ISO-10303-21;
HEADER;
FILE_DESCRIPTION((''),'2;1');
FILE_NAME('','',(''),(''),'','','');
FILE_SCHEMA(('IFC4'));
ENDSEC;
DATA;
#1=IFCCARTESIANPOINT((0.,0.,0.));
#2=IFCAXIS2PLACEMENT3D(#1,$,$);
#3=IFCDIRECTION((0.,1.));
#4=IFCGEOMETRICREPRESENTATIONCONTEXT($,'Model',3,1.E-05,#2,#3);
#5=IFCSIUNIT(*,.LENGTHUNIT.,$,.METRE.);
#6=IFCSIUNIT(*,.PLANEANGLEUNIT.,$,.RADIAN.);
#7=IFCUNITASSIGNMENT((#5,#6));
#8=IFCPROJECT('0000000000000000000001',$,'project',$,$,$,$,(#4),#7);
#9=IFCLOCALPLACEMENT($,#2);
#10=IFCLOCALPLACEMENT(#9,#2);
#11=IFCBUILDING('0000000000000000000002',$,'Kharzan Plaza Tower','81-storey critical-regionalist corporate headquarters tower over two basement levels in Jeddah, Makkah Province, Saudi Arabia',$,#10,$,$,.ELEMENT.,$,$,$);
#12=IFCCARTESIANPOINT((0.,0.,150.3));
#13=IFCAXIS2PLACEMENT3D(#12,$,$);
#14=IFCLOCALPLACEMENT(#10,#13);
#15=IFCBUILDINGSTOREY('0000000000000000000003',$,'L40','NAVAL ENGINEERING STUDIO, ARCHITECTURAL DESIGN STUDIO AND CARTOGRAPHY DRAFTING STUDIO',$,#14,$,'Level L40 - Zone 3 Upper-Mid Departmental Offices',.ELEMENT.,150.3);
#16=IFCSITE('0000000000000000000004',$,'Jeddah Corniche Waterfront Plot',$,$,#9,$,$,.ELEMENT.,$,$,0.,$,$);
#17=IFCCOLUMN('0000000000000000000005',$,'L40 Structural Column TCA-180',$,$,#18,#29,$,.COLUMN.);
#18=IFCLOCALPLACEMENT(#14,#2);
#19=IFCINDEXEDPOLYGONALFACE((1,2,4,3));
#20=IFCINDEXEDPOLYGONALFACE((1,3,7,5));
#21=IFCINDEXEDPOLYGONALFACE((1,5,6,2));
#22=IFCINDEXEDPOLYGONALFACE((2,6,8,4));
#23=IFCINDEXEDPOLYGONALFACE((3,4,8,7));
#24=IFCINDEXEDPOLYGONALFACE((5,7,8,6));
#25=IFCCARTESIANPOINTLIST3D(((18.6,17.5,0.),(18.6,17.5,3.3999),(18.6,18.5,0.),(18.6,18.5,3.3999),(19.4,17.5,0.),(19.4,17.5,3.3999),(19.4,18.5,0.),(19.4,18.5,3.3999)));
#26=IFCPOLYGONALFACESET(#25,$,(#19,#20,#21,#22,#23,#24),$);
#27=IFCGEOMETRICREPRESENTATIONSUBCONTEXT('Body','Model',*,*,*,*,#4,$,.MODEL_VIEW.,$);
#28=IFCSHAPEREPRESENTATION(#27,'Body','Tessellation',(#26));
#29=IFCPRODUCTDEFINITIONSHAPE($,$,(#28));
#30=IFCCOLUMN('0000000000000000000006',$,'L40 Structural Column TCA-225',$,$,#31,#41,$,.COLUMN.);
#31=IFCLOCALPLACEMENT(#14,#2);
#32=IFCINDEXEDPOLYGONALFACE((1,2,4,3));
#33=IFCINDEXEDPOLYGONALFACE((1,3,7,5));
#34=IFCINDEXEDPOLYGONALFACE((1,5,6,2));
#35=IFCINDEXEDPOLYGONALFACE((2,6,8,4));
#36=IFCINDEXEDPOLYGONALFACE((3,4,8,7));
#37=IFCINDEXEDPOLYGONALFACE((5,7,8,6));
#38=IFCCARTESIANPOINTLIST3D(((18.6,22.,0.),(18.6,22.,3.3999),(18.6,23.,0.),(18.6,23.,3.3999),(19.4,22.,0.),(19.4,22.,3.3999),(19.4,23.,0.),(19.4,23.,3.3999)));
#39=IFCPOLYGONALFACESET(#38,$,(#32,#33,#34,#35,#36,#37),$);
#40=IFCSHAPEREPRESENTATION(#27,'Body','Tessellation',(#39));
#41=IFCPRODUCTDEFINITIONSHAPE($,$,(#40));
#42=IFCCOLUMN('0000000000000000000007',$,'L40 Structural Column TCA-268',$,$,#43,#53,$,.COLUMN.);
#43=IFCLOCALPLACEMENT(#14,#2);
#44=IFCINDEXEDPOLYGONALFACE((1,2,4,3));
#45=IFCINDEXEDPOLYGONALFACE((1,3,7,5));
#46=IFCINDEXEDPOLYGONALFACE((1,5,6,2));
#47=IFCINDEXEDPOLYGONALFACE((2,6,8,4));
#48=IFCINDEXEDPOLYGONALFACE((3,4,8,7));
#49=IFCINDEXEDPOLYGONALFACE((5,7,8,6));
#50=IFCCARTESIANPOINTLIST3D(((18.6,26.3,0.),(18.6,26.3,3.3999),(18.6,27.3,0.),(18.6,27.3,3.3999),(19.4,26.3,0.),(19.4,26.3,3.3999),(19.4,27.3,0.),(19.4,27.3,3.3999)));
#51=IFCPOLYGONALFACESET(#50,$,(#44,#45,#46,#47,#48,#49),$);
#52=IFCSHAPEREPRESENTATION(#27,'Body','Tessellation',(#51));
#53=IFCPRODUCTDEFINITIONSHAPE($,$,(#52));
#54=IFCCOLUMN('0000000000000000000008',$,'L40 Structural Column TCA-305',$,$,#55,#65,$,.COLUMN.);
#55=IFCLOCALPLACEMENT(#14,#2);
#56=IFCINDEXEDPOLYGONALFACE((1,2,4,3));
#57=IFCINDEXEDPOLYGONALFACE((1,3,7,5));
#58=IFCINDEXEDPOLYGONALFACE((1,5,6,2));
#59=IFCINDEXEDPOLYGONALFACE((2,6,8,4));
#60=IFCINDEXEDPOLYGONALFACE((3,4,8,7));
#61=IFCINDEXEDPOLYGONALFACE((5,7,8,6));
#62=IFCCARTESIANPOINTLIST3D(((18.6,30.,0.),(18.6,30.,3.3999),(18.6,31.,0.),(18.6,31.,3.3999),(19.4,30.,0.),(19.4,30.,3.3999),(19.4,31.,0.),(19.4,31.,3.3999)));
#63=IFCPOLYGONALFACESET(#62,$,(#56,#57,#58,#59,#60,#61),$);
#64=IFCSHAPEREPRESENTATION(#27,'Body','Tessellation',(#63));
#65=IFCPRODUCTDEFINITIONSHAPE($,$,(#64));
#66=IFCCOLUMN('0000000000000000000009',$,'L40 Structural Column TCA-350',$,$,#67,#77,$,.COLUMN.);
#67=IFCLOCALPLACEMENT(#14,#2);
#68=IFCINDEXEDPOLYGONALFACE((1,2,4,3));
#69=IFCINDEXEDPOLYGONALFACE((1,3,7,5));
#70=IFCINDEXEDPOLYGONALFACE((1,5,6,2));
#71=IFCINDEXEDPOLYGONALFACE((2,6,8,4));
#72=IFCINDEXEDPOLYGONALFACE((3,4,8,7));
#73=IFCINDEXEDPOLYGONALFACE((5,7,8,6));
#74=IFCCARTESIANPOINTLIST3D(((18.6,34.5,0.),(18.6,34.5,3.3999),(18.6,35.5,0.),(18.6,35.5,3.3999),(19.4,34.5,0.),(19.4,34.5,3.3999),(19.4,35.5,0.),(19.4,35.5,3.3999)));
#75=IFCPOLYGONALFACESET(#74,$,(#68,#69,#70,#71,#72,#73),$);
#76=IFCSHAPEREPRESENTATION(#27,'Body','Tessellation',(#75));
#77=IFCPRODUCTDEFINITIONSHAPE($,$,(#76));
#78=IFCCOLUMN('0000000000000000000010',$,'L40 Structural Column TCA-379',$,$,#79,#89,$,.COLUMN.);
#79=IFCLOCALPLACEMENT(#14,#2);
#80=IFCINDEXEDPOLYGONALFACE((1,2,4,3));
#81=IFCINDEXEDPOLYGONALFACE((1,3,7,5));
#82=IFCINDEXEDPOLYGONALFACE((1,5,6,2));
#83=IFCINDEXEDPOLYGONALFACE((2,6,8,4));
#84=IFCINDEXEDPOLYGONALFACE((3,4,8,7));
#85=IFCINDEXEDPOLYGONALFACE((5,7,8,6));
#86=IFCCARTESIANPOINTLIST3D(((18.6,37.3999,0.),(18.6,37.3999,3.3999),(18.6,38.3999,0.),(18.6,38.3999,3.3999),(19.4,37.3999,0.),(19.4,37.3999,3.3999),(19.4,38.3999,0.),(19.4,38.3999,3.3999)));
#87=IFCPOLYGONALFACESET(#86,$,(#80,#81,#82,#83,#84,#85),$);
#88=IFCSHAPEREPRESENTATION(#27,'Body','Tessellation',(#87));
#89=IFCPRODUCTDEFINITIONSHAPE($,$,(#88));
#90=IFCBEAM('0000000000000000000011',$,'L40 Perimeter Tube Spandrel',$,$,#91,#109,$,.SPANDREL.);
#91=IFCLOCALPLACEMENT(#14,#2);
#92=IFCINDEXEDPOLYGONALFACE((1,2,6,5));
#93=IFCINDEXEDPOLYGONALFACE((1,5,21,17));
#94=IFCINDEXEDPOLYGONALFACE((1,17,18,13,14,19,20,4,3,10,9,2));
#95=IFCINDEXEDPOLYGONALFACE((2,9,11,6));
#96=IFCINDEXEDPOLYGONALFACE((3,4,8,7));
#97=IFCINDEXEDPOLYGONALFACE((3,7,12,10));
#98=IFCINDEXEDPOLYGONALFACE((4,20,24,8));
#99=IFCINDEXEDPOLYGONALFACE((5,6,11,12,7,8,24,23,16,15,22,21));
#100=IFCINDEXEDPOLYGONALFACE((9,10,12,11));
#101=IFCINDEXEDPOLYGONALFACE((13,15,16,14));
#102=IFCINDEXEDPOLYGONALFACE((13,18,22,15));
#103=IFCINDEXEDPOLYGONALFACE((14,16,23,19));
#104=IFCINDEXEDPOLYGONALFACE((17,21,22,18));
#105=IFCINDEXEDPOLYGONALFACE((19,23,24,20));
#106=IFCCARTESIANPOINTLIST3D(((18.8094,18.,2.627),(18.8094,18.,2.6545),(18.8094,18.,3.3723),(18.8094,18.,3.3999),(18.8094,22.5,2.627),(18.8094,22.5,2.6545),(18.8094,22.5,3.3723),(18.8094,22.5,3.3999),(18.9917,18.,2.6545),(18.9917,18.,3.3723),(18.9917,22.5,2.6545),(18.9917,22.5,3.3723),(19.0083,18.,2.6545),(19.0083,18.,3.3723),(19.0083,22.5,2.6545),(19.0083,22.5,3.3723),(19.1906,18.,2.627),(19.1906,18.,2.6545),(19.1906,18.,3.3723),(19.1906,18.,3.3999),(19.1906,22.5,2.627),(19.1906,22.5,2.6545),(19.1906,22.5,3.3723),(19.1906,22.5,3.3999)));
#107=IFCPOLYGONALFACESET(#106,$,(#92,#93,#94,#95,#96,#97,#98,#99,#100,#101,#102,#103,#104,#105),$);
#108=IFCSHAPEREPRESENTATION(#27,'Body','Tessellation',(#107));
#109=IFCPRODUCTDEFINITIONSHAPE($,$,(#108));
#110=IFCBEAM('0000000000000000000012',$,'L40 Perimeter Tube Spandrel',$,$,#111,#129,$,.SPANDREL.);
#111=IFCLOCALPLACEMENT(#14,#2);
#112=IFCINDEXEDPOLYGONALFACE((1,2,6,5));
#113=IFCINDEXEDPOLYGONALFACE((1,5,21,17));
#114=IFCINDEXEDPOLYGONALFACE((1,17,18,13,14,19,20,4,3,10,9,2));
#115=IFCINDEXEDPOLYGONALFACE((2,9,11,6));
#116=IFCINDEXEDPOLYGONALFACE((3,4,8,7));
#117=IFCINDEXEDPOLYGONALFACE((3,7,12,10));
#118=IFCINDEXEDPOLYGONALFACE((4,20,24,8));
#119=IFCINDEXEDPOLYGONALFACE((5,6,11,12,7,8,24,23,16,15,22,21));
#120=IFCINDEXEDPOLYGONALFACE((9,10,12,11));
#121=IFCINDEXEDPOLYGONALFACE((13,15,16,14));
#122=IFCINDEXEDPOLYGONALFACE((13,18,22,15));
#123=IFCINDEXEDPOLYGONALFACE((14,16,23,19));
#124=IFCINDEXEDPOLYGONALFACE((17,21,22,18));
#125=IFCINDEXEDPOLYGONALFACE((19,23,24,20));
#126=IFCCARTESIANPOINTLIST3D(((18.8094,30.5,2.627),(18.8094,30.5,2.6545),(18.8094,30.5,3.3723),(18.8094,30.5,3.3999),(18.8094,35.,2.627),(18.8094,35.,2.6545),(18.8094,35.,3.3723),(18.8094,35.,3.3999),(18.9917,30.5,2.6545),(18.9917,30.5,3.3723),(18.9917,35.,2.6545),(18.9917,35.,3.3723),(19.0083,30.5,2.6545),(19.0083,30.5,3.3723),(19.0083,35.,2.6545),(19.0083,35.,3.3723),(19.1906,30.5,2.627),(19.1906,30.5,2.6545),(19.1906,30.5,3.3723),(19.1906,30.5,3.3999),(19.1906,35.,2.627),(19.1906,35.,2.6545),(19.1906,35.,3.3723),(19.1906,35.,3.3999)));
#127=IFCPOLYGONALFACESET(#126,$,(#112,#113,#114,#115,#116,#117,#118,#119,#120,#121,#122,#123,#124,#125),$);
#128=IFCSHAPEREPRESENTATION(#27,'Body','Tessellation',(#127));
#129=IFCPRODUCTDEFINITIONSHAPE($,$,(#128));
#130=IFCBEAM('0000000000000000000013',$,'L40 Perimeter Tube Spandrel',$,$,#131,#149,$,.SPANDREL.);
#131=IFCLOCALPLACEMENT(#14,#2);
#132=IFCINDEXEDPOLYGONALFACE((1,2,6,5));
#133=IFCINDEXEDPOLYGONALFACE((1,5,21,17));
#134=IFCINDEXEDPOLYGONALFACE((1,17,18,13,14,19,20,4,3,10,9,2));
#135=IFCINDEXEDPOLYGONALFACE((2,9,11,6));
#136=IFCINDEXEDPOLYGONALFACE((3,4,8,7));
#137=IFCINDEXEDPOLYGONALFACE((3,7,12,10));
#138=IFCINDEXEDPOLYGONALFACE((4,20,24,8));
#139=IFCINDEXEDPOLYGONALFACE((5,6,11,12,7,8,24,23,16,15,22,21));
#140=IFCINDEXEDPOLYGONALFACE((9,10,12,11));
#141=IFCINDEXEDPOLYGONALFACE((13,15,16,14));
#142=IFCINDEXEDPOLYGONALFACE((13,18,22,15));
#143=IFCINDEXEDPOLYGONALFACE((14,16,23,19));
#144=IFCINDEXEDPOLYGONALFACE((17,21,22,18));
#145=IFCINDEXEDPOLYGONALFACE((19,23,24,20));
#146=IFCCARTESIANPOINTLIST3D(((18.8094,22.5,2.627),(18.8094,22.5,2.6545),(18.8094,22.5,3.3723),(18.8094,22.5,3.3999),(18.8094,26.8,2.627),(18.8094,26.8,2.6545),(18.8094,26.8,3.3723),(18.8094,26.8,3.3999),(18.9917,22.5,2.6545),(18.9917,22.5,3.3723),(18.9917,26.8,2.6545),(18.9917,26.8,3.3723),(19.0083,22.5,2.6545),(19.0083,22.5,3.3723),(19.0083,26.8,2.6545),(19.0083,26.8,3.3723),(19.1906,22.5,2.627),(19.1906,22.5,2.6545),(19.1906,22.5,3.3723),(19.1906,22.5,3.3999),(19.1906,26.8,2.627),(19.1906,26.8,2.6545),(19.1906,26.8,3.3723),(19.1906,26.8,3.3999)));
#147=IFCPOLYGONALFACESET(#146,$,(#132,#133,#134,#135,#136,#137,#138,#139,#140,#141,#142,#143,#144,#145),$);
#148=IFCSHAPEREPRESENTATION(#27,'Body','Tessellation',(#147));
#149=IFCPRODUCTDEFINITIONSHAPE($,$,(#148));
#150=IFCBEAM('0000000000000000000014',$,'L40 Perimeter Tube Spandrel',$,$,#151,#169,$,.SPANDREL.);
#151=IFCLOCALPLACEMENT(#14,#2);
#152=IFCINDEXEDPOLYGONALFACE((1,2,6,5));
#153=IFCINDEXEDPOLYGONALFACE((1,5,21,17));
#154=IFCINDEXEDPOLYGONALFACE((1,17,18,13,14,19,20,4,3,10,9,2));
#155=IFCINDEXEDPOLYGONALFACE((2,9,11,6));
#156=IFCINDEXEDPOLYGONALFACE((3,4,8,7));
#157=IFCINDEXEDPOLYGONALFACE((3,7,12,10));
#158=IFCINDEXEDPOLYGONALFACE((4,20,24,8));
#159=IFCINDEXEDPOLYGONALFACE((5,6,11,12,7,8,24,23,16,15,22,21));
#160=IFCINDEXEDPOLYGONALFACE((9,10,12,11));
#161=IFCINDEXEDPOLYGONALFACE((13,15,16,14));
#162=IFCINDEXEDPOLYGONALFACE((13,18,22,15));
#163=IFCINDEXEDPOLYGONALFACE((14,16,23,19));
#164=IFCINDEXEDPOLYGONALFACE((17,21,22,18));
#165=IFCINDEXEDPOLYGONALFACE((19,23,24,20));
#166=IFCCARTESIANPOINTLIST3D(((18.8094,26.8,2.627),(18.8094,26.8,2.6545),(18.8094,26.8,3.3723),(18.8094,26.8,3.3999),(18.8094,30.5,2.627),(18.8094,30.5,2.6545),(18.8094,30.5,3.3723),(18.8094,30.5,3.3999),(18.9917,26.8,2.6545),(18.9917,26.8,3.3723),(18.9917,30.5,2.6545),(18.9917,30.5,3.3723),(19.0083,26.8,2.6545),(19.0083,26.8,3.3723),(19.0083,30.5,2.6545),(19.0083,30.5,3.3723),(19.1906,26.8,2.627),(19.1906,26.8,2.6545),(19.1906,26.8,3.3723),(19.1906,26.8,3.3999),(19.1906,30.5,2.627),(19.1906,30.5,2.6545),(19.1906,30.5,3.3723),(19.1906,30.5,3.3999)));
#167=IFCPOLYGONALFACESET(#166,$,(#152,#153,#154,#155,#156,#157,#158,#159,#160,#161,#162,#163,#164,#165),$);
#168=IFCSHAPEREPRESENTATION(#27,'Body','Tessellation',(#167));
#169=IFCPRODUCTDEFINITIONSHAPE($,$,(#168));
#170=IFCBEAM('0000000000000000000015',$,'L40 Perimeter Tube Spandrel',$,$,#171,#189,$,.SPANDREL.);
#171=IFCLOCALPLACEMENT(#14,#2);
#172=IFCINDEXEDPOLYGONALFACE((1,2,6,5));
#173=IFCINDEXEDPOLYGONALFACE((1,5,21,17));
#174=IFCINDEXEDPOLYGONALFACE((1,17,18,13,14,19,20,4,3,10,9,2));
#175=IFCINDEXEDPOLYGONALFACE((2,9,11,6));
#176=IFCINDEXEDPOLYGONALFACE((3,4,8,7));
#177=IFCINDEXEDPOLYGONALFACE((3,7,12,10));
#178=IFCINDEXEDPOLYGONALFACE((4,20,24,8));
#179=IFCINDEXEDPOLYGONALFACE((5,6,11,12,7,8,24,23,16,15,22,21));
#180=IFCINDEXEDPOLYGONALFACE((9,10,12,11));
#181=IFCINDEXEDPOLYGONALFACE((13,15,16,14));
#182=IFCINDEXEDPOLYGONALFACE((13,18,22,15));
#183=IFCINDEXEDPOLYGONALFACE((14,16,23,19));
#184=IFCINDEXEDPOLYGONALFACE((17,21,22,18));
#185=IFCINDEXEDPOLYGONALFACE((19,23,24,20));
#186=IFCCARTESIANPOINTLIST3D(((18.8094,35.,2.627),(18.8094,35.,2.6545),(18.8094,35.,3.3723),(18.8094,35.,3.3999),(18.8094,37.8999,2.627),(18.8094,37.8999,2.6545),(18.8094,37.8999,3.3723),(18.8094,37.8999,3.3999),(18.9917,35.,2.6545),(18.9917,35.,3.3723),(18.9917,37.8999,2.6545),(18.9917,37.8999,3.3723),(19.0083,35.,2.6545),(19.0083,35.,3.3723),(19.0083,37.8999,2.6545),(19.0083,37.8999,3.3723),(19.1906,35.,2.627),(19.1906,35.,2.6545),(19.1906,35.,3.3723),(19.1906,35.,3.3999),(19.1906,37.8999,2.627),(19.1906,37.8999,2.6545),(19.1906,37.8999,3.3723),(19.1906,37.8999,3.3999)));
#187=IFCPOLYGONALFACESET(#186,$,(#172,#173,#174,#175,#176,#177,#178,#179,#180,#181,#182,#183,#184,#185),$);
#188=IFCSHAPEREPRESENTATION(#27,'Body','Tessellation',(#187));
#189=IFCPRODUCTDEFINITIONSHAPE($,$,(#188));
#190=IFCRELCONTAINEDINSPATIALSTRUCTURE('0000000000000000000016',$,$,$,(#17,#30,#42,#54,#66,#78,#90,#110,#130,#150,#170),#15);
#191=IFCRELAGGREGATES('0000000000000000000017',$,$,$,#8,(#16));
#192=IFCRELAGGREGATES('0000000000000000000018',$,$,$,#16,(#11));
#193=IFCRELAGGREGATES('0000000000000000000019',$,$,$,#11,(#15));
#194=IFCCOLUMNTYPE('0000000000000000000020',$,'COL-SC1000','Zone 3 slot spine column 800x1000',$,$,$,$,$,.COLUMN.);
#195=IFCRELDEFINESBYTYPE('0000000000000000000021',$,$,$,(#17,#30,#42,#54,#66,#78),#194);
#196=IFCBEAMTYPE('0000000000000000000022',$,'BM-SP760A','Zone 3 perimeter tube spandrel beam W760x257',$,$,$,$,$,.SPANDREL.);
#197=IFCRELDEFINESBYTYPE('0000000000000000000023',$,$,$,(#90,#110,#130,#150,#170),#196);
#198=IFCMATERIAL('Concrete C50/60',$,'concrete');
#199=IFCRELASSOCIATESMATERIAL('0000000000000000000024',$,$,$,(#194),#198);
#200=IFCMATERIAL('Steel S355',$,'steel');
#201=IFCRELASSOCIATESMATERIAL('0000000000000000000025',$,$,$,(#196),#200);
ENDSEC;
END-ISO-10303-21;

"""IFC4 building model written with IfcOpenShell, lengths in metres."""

from ifc_helpers import new_model, si_unit, direction, frame, origin, origin_2d, place, context, subcontext, project, spatial, rectangle, i_section, extrude, source, transform, mapped, material, material_profile, profile_set, type_object, element, save


model = new_model("IFC4")

# Units and contexts
model_context = context("Model", 3, precision=1e-05, world=origin(), true_north=direction((0.0, 1.0)))
body_context = subcontext(model_context, "Body", "Model", "MODEL_VIEW")
ifc_project = project(units=[si_unit("LENGTHUNIT", "METRE"), si_unit("PLANEANGLEUNIT", "RADIAN")], contexts=[model_context])

# Site, building, storey
site_placement = place(None, origin())
site = spatial("IfcSite", under=ifc_project, at=site_placement, Name="Jeddah Corniche Waterfront Plot", CompositionType="ELEMENT", RefElevation=0.0)
building_placement = place(site_placement, origin())
building = spatial("IfcBuilding", under=site, at=building_placement, Name="Kharzan Plaza Tower", Description="81-storey critical-regionalist corporate headquarters tower over two basement levels in Jeddah, Makkah Province, Saudi Arabia", CompositionType="ELEMENT")
storey_placement = place(building_placement, frame((0.0, 0.0, 150.3)))
storey = spatial("IfcBuildingStorey", under=building, at=storey_placement, Name="L40", Description="NAVAL ENGINEERING STUDIO, ARCHITECTURAL DESIGN STUDIO AND CARTOGRAPHY DRAFTING STUDIO", LongName="Level L40 - Zone 3 Upper-Mid Departmental Offices", CompositionType="ELEMENT", Elevation=150.3)

# Columns
ifc_material_1 = material(Name="Concrete C50/60", Category="concrete")
ifc_material_profile_1 = material_profile(ifc_material_1, rectangle(XDim=0.8, YDim=1.0, at=origin_2d()), Name="RC-SC1000x800")
ifc_profile_set_1 = profile_set([ifc_material_profile_1], Name="Concrete C50/60")
column_type = type_object("IfcColumnType", Name="COL-SC1000", Description="Zone 3 slot spine column 800x1000", PredefinedType="COLUMN", material=ifc_profile_set_1)
shared_shape_1 = source(origin(), body_context, "Body", "SweptSolid", [
    extrude(rectangle(XDim=0.8, YDim=1.0, at=origin_2d()), origin(), (0.0, 0.0, 1.0), 3.3999),
])
for number, where, z_axis, x_axis, name in (
    (1, (19.0, 18.0, 0.0), (0.0, 0.0, 1.0), (1.0, 0.0, 0.0), "L40 Structural Column TCA-180"),
    (2, (19.0, 22.5, 0.0), (0.0, 0.0, 1.0), (1.0, 0.0, 0.0), "L40 Structural Column TCA-225"),
    (3, (19.0, 26.8, 0.0), (0.0, 0.0, 1.0), (1.0, 0.0, 0.0), "L40 Structural Column TCA-268"),
    (4, (19.0, 30.5, 0.0), (0.0, 0.0, 1.0), (1.0, 0.0, 0.0), "L40 Structural Column TCA-305"),
    (5, (19.0, 35.0, 0.0), (0.0, 0.0, 1.0), (1.0, 0.0, 0.0), "L40 Structural Column TCA-350"),
    (6, (19.0, 37.8999, 0.0), (0.0, 0.0, 1.0), (1.0, 0.0, 0.0), "L40 Structural Column TCA-379"),
):
    element("IfcColumn", number, at=place(storey_placement, frame(where, z_axis=z_axis, x_axis=x_axis)), inside=storey, type_object=column_type, Name=name, PredefinedType="COLUMN", context=body_context, shape_type="MappedRepresentation", body=[
        mapped(shared_shape_1, transform((0.0, 0.0, 0.0), x_axis=(1.0, 0.0, 0.0), y_axis=(0.0, 1.0, 0.0), z_axis=(0.0, 0.0, 1.0))),
    ])

# Beams
ifc_material_2 = material(Name="Steel S355", Category="steel")
ifc_material_profile_2 = material_profile(ifc_material_2, i_section(OverallWidth=0.3811, OverallDepth=0.7729, WebThickness=0.0166, FlangeThickness=0.0276, at=origin_2d()), Name="W760x257")
ifc_profile_set_2 = profile_set([ifc_material_profile_2], Name="Steel S355")
beam_type = type_object("IfcBeamType", Name="BM-SP760A", Description="Zone 3 perimeter tube spandrel beam W760x257", PredefinedType="SPANDREL", material=ifc_profile_set_2)
shared_shape_2 = source(origin(), body_context, "Body", "SweptSolid", [
    extrude(i_section(OverallWidth=0.3811, OverallDepth=0.7729, WebThickness=0.0166, FlangeThickness=0.0276, at=origin_2d()), origin(), (0.0, 0.0, 1.0), 4.5),
])
for number, where, z_axis, x_axis, name in (
    (7, (19.0, 18.0, 3.0134), (0.0, 1.0, 0.0), (-1.0, 0.0, 0.0), "L40 Perimeter Tube Spandrel"),
    (8, (19.0, 30.5, 3.0134), (0.0, 1.0, 0.0), (-1.0, 0.0, 0.0), "L40 Perimeter Tube Spandrel"),
):
    element("IfcBeam", number, at=place(storey_placement, frame(where, z_axis=z_axis, x_axis=x_axis)), inside=storey, type_object=beam_type, Name=name, PredefinedType="SPANDREL", context=body_context, shape_type="MappedRepresentation", body=[
        mapped(shared_shape_2, transform((0.0, 0.0, 0.0), x_axis=(1.0, 0.0, 0.0), y_axis=(0.0, 1.0, 0.0), z_axis=(0.0, 0.0, 1.0))),
    ])
shared_shape_3 = source(origin(), body_context, "Body", "SweptSolid", [
    extrude(i_section(OverallWidth=0.3811, OverallDepth=0.7729, WebThickness=0.0166, FlangeThickness=0.0276, at=origin_2d()), origin(), (0.0, 0.0, 1.0), 4.3),
])
beam_1_placement = place(storey_placement, frame((19.0, 22.5, 3.0134), z_axis=(0.0, 1.0, 0.0), x_axis=(-1.0, 0.0, 0.0)))
element("IfcBeam", 9, at=beam_1_placement, inside=storey, type_object=beam_type, Name="L40 Perimeter Tube Spandrel", PredefinedType="SPANDREL", context=body_context, shape_type="MappedRepresentation", body=[
    mapped(shared_shape_3, transform((0.0, 0.0, 0.0), x_axis=(1.0, 0.0, 0.0), y_axis=(0.0, 1.0, 0.0), z_axis=(0.0, 0.0, 1.0))),
])
shared_shape_4 = source(origin(), body_context, "Body", "SweptSolid", [
    extrude(i_section(OverallWidth=0.3811, OverallDepth=0.7729, WebThickness=0.0166, FlangeThickness=0.0276, at=origin_2d()), origin(), (0.0, 0.0, 1.0), 3.7),
])
beam_2_placement = place(storey_placement, frame((19.0, 26.8, 3.0134), z_axis=(0.0, 1.0, 0.0), x_axis=(-1.0, 0.0, 0.0)))
element("IfcBeam", 10, at=beam_2_placement, inside=storey, type_object=beam_type, Name="L40 Perimeter Tube Spandrel", PredefinedType="SPANDREL", context=body_context, shape_type="MappedRepresentation", body=[
    mapped(shared_shape_4, transform((0.0, 0.0, 0.0), x_axis=(1.0, 0.0, 0.0), y_axis=(0.0, 1.0, 0.0), z_axis=(0.0, 0.0, 1.0))),
])
shared_shape_5 = source(origin(), body_context, "Body", "SweptSolid", [
    extrude(i_section(OverallWidth=0.3811, OverallDepth=0.7729, WebThickness=0.0166, FlangeThickness=0.0276, at=origin_2d()), origin(), (0.0, 0.0, 1.0), 2.8999),
])
beam_3_placement = place(storey_placement, frame((19.0, 35.0, 3.0134), z_axis=(0.0, 1.0, 0.0), x_axis=(-1.0, 0.0, 0.0)))
element("IfcBeam", 11, at=beam_3_placement, inside=storey, type_object=beam_type, Name="L40 Perimeter Tube Spandrel", PredefinedType="SPANDREL", context=body_context, shape_type="MappedRepresentation", body=[
    mapped(shared_shape_5, transform((0.0, 0.0, 0.0), x_axis=(1.0, 0.0, 0.0), y_axis=(0.0, 1.0, 0.0), z_axis=(0.0, 0.0, 1.0))),
])

save(model, "model.ifc")
